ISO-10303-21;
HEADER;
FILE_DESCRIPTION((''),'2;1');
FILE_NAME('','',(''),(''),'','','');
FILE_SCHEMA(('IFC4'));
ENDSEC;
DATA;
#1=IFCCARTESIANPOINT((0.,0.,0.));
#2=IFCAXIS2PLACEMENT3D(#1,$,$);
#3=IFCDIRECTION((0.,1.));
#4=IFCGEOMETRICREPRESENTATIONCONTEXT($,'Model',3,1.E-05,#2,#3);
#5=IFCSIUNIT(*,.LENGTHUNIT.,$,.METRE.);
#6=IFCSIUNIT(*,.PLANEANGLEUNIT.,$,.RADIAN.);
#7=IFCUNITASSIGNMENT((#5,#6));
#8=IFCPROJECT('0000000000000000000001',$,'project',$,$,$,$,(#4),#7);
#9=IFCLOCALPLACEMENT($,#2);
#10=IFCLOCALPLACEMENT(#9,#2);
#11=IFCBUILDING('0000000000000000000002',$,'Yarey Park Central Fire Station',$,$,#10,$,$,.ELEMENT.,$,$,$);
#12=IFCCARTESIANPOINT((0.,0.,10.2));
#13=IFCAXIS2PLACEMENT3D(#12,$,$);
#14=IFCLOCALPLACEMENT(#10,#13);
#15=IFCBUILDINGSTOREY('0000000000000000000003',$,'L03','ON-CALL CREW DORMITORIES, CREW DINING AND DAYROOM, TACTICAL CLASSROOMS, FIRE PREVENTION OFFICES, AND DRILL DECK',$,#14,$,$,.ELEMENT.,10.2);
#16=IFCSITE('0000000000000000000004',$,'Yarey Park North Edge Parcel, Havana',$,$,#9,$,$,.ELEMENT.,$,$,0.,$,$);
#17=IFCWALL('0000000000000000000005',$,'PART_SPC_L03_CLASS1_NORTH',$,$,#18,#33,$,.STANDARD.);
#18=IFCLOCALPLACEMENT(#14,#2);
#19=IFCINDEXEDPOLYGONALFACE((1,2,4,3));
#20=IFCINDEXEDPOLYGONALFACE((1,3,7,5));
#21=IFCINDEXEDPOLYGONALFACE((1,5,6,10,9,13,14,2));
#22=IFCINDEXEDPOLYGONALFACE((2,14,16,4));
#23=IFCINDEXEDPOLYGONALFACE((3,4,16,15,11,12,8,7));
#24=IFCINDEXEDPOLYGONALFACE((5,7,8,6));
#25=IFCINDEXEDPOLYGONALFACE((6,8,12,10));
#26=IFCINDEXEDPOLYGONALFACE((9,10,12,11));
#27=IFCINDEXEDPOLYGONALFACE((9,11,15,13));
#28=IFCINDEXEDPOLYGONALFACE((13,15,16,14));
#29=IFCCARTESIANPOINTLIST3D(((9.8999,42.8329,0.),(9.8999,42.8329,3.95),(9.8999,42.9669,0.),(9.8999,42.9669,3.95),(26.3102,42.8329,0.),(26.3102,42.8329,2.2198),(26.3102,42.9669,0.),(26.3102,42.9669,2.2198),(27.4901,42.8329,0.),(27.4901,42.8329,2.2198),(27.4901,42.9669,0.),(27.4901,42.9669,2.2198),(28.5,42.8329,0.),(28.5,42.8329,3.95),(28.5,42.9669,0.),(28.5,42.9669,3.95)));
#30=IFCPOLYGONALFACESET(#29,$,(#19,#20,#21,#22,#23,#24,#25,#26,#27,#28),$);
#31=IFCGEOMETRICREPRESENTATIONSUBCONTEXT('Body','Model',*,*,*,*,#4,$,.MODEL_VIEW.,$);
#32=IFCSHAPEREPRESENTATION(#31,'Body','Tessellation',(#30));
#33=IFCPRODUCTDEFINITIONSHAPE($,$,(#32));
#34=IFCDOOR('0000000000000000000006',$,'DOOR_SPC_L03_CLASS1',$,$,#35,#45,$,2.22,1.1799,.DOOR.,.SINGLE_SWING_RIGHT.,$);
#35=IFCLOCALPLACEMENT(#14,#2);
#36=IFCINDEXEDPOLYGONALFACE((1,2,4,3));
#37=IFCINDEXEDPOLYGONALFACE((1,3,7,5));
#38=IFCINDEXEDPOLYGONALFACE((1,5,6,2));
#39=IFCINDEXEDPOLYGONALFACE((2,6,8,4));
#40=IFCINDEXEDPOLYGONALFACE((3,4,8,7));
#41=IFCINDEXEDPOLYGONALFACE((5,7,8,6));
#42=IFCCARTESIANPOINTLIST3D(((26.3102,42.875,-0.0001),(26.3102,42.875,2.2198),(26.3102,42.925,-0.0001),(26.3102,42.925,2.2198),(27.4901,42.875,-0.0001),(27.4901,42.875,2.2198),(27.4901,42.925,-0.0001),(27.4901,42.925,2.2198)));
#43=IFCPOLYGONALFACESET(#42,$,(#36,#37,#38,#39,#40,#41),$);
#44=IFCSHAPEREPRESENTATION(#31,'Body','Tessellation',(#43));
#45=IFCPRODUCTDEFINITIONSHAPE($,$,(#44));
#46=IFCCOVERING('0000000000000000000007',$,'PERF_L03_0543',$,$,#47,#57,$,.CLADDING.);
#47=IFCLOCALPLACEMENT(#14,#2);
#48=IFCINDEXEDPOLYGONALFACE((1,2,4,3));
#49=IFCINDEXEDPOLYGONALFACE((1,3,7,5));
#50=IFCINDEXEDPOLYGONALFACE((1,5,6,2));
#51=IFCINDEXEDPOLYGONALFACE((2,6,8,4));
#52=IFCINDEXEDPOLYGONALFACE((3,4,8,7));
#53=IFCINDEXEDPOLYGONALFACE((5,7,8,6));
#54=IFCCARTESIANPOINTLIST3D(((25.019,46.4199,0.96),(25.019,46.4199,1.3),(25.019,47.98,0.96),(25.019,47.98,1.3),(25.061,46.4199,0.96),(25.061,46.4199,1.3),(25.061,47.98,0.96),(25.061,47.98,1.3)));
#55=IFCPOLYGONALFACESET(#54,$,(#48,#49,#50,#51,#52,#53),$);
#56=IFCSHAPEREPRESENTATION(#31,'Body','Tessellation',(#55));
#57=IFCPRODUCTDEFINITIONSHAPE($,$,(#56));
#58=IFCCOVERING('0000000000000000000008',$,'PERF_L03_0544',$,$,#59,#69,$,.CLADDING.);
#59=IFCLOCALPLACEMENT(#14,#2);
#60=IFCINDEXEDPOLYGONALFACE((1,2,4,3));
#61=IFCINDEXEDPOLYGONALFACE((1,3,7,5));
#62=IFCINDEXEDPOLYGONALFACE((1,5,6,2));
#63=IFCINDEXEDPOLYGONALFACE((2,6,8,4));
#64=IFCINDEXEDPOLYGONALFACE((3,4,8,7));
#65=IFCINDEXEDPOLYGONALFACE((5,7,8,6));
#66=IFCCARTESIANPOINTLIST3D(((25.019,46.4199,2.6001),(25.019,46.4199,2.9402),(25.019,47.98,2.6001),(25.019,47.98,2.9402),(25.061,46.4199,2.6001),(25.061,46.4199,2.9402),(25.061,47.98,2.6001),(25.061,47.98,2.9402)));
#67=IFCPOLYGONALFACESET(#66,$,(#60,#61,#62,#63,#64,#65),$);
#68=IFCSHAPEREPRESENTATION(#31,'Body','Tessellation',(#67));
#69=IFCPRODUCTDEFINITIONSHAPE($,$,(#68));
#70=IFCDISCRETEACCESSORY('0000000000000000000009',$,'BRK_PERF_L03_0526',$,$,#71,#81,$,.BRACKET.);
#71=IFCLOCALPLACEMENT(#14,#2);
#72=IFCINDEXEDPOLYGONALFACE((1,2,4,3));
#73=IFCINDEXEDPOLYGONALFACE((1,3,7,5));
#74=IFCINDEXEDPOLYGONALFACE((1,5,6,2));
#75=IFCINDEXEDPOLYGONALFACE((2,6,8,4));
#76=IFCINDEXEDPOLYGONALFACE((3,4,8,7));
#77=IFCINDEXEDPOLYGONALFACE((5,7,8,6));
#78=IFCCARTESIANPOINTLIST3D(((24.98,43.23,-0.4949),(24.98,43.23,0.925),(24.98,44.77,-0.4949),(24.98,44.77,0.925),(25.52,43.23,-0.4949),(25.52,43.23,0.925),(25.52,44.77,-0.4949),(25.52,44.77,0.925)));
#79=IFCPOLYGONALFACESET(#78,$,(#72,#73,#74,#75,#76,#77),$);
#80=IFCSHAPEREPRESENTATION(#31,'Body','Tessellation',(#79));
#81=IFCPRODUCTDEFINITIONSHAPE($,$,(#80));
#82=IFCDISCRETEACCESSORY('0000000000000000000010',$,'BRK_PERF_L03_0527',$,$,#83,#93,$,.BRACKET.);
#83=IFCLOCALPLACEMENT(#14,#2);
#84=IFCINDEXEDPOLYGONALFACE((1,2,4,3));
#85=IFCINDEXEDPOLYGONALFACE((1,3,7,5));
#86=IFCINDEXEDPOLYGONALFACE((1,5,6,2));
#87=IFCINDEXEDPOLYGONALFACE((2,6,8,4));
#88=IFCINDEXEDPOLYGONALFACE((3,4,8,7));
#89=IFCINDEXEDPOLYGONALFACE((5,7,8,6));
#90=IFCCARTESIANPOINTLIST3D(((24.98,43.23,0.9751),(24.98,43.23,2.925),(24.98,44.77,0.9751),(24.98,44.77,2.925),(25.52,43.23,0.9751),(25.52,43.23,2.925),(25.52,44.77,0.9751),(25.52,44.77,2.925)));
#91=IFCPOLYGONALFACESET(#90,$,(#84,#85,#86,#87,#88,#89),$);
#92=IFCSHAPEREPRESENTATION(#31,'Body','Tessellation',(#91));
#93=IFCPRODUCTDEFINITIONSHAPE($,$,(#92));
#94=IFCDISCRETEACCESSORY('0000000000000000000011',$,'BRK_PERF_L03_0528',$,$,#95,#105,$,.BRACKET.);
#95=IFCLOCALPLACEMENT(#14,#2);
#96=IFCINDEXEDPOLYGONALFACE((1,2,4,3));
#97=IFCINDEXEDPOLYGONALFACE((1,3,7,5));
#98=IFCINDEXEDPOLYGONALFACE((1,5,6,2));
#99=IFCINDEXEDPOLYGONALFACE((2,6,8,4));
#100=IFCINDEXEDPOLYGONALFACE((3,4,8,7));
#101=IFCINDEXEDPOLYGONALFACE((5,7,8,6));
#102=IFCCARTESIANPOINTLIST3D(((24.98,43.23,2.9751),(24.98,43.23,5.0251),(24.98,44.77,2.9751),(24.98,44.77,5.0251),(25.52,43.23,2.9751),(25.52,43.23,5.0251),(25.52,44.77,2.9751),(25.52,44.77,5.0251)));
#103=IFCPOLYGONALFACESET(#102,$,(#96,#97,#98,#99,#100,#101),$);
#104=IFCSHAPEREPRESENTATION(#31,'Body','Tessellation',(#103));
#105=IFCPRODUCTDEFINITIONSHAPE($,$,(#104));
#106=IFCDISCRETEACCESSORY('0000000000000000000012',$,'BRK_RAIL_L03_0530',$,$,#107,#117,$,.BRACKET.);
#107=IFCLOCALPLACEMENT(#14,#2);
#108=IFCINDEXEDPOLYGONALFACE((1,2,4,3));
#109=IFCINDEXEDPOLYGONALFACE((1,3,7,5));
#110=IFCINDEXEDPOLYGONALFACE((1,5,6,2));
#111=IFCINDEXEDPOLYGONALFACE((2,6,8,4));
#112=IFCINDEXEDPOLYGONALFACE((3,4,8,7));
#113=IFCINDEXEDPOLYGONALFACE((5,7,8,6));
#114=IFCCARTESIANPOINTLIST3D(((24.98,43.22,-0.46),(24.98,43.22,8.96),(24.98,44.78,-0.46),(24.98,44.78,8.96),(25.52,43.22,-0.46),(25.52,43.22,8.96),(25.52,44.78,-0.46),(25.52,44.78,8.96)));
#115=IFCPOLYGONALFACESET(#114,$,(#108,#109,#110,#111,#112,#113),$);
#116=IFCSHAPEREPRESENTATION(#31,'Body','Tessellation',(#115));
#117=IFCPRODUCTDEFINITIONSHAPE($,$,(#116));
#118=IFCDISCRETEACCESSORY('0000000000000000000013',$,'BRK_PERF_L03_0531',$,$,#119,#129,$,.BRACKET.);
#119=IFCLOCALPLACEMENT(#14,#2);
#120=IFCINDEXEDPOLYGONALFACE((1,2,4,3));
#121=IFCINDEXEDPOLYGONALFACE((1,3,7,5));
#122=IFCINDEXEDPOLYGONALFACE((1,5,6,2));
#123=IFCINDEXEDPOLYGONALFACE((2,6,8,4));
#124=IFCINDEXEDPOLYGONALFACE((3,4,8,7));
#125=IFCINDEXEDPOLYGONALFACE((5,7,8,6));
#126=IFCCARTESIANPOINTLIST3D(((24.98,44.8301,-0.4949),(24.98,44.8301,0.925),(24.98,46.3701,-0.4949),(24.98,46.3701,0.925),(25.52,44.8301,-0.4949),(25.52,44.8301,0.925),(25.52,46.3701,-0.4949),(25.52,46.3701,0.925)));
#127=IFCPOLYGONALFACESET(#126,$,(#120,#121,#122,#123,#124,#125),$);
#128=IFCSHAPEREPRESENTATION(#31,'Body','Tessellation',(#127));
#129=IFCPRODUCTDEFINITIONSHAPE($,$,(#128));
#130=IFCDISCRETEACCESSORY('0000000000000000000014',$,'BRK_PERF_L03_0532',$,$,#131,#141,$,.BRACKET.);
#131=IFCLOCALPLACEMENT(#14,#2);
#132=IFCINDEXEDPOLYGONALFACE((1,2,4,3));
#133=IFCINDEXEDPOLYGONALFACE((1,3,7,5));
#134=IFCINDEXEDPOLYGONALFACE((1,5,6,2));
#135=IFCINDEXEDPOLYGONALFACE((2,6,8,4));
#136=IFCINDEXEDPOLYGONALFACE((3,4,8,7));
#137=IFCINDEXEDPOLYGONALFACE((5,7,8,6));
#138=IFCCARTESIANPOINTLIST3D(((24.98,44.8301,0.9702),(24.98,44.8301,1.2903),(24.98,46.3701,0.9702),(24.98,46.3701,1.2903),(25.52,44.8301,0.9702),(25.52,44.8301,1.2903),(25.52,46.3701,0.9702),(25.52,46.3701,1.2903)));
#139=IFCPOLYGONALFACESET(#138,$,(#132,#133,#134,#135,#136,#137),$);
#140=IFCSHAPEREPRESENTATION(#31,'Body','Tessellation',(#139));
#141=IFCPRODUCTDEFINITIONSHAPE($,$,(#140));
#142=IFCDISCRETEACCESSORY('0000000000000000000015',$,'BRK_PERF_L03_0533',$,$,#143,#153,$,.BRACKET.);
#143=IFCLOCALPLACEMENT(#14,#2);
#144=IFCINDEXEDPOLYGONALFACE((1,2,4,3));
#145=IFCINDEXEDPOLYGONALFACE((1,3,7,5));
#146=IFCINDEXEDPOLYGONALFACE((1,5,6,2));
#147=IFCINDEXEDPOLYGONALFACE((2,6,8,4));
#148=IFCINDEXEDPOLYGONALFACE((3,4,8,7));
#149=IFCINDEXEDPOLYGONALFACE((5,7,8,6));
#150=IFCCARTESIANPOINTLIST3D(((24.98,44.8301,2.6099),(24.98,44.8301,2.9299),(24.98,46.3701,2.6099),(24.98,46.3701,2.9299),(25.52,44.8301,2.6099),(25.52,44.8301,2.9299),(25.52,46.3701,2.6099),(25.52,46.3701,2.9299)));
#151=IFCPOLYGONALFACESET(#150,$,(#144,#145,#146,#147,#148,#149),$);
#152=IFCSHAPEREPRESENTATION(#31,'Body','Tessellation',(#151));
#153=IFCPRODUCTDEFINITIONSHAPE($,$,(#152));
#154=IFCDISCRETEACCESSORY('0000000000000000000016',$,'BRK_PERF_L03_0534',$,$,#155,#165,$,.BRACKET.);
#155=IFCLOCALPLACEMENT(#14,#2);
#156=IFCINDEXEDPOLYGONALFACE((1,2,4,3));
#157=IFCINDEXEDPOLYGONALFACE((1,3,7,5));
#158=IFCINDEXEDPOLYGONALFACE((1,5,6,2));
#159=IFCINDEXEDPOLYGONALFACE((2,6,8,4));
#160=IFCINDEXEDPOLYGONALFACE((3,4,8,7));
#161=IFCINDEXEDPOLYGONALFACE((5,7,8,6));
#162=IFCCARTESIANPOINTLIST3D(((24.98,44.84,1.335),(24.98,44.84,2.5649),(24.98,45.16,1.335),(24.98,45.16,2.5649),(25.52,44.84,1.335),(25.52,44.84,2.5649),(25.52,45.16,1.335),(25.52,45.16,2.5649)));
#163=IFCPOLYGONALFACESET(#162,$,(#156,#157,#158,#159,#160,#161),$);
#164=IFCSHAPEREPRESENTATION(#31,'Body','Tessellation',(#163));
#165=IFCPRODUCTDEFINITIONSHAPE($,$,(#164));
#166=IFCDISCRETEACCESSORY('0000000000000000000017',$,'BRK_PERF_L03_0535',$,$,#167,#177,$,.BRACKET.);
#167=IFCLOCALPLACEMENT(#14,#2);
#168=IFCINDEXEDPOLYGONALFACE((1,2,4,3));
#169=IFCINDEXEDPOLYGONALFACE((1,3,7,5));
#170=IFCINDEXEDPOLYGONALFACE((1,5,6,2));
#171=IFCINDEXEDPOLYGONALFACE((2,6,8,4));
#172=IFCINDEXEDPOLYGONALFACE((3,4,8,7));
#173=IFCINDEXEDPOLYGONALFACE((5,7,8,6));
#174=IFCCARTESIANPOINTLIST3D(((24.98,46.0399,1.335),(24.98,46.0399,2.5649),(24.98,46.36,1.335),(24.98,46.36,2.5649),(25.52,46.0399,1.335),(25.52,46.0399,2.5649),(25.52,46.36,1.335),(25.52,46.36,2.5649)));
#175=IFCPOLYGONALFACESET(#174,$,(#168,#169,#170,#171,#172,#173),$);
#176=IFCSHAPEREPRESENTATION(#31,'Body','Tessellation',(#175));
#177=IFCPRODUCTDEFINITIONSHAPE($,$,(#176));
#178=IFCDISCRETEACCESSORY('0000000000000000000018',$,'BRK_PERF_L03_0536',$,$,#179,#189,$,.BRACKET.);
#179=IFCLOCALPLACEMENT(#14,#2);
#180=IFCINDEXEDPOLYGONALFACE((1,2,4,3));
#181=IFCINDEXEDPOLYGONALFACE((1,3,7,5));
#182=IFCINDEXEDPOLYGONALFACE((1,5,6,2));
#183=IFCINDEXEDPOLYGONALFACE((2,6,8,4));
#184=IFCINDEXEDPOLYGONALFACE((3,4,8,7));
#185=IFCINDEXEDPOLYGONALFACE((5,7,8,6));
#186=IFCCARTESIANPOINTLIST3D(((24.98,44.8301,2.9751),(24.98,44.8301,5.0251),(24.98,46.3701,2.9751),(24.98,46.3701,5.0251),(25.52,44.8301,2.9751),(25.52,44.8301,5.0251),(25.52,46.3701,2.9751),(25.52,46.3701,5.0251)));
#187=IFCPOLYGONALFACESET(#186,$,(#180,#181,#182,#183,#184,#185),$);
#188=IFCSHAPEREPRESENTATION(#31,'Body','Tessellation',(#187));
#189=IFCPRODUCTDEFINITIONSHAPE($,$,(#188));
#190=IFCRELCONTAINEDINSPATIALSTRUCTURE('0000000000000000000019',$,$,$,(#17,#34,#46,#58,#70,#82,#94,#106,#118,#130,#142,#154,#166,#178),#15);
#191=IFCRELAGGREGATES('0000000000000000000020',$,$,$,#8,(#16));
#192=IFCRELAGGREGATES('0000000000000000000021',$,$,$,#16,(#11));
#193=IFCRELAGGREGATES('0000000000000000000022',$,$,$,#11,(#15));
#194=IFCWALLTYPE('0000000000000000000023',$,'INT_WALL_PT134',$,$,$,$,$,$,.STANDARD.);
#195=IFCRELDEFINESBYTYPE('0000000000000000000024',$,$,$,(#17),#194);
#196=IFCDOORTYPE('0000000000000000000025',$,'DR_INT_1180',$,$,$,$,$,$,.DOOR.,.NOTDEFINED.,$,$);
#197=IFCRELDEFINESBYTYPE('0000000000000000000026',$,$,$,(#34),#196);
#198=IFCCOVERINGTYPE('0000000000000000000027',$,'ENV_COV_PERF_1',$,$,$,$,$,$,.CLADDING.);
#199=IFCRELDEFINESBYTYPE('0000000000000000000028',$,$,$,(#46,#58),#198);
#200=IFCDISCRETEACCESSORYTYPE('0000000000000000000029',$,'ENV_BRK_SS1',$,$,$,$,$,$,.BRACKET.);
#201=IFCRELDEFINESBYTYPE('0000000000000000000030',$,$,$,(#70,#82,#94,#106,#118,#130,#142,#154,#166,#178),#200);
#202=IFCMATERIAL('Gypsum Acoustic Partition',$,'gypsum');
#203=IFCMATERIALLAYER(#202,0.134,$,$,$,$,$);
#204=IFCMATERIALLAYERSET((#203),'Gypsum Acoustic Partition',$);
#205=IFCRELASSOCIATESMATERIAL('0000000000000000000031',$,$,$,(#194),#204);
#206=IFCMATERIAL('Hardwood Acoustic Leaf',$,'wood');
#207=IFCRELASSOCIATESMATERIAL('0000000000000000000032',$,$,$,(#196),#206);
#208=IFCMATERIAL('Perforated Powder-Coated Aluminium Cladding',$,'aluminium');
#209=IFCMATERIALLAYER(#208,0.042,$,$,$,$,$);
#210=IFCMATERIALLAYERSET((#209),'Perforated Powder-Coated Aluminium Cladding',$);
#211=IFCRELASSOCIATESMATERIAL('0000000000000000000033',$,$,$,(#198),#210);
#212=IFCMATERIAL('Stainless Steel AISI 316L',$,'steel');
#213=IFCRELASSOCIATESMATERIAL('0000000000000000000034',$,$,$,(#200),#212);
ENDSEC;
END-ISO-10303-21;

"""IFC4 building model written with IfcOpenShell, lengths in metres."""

from ifc_helpers import new_model, si_unit, direction, frame, frame_2d, origin, origin_2d, place, context, subcontext, project, spatial, rectangle, extrude, material, layer, layer_set, type_object, element, fill, save


model = new_model("IFC4")

# Units and contexts
model_context = context("Model", 3, precision=1e-05, world=origin(), true_north=direction((0.0, 1.0)))
body_context = subcontext(model_context, "Body", "Model", "MODEL_VIEW")
ifc_project = project(units=[si_unit("LENGTHUNIT", "METRE"), si_unit("PLANEANGLEUNIT", "RADIAN")], contexts=[model_context])

# Site, building, storey
site_placement = place(None, origin())
site = spatial("IfcSite", under=ifc_project, at=site_placement, Name="Yarey Park North Edge Parcel, Havana", CompositionType="ELEMENT", RefElevation=0.0)
building_placement = place(site_placement, origin())
building = spatial("IfcBuilding", under=site, at=building_placement, Name="Yarey Park Central Fire Station", CompositionType="ELEMENT")
storey_placement = place(building_placement, frame((0.0, 0.0, 10.2)))
storey = spatial("IfcBuildingStorey", under=building, at=storey_placement, Name="L03", Description="ON-CALL CREW DORMITORIES, CREW DINING AND DAYROOM, TACTICAL CLASSROOMS, FIRE PREVENTION OFFICES, AND DRILL DECK", CompositionType="ELEMENT", Elevation=10.2)

# Wall, opening, door
ifc_material_1 = material(Name="Gypsum Acoustic Partition", Category="gypsum")
ifc_layer_1 = layer(ifc_material_1, 0.134)
ifc_layer_set_1 = layer_set([ifc_layer_1], Name="Gypsum Acoustic Partition")
wall_type_1 = type_object("IfcWallType", Name="INT_WALL_PT134", PredefinedType="STANDARD", material=ifc_layer_set_1)
wall_1_placement = place(storey_placement, frame((28.5, 42.8999, 0.0), z_axis=(0.0, 0.0, 1.0), x_axis=(-1.0, 0.0, 0.0)))
wall_1 = element("IfcWall", 1, at=wall_1_placement, inside=storey, type_object=wall_type_1, Name="PART_SPC_L03_CLASS1_NORTH", PredefinedType="STANDARD", context=body_context, shape_type="SweptSolid", body=[
    extrude(rectangle(XDim=18.6001, YDim=0.134, at=frame_2d((9.3, 0.0))), origin(), (0.0, 0.0, 1.0), 3.95),
])
opening_placement = place(wall_1_placement, frame((1.01, 0.0, 0.0)))
opening = element("IfcOpeningElement", 2, at=opening_placement, cuts=wall_1, PredefinedType="OPENING", context=body_context, shape_type="SweptSolid", body=[
    extrude(rectangle(XDim=1.1799, YDim=2.22, at=frame_2d((0.5898, 1.1099))), frame((0.0, 0.0769, 0.0), z_axis=(0.0, -1.0, 0.0), x_axis=(1.0, 0.0, 0.0)), (0.0, 0.0, 1.0), 0.1541),
])
ifc_material_2 = material(Name="Hardwood Acoustic Leaf", Category="wood")
door_type = type_object("IfcDoorType", Name="DR_INT_1180", OperationType="NOTDEFINED", PredefinedType="DOOR", material=ifc_material_2)
door_placement = place(opening_placement, origin())
door = element("IfcDoor", 3, at=door_placement, inside=storey, type_object=door_type, Name="DOOR_SPC_L03_CLASS1", OperationType="SINGLE_SWING_RIGHT", OverallHeight=2.22, OverallWidth=1.1799, PredefinedType="DOOR", context=body_context, shape_type="SweptSolid", body=[
    extrude(rectangle(XDim=1.1799, YDim=2.22, at=frame_2d((0.5898, 1.1099))), frame((0.0, 0.0249, 0.0), z_axis=(0.0, -1.0, 0.0), x_axis=(1.0, 0.0, 0.0)), (0.0, 0.0, 1.0), 0.05),
])
fill(opening, door)

# Coverings
ifc_material_3 = material(Name="Perforated Powder-Coated Aluminium Cladding", Category="aluminium")
ifc_layer_2 = layer(ifc_material_3, 0.042)
ifc_layer_set_2 = layer_set([ifc_layer_2], Name="Perforated Powder-Coated Aluminium Cladding")
covering_type = type_object("IfcCoveringType", Name="ENV_COV_PERF_1", PredefinedType="CLADDING", material=ifc_layer_set_2)
for number, where, z_axis, x_axis, name in (
    (4, (25.04, 47.2, 0.96), (0.0, 0.0, 1.0), (0.0, 1.0, 0.0), "PERF_L03_0543"),
    (5, (25.04, 47.2, 2.6001), (0.0, 0.0, 1.0), (0.0, 1.0, 0.0), "PERF_L03_0544"),
):
    element("IfcCovering", number, at=place(storey_placement, frame(where, z_axis=z_axis, x_axis=x_axis)), inside=storey, type_object=covering_type, Name=name, PredefinedType="CLADDING", context=body_context, shape_type="SweptSolid", body=[
        extrude(rectangle(XDim=1.5601, YDim=0.042, at=origin_2d()), origin(), (0.0, 0.0, 1.0), 0.3401),
    ])

# Discrete accessories
ifc_material_4 = material(Name="Stainless Steel AISI 316L", Category="steel")
discrete_accessory_type = type_object("IfcDiscreteAccessoryType", Name="ENV_BRK_SS1", PredefinedType="BRACKET", material=ifc_material_4)
discrete_accessory_1_placement = place(storey_placement, frame((25.25, 44.0, -0.4949), z_axis=(0.0, 0.0, 1.0), x_axis=(1.0, 0.0, 0.0)))
element("IfcDiscreteAccessory", 6, at=discrete_accessory_1_placement, inside=storey, type_object=discrete_accessory_type, Name="BRK_PERF_L03_0526", PredefinedType="BRACKET", context=body_context, shape_type="SweptSolid", body=[
    extrude(rectangle(XDim=0.54, YDim=1.54, at=origin_2d()), origin(), (0.0, 0.0, 1.0), 1.4199),
])
discrete_accessory_2_placement = place(storey_placement, frame((25.25, 44.0, 0.9751), z_axis=(0.0, 0.0, 1.0), x_axis=(1.0, 0.0, 0.0)))
element("IfcDiscreteAccessory", 7, at=discrete_accessory_2_placement, inside=storey, type_object=discrete_accessory_type, Name="BRK_PERF_L03_0527", PredefinedType="BRACKET", context=body_context, shape_type="SweptSolid", body=[
    extrude(rectangle(XDim=0.54, YDim=1.54, at=origin_2d()), origin(), (0.0, 0.0, 1.0), 1.95),
])
discrete_accessory_3_placement = place(storey_placement, frame((25.25, 44.0, 2.9751), z_axis=(0.0, 0.0, 1.0), x_axis=(1.0, 0.0, 0.0)))
element("IfcDiscreteAccessory", 8, at=discrete_accessory_3_placement, inside=storey, type_object=discrete_accessory_type, Name="BRK_PERF_L03_0528", PredefinedType="BRACKET", context=body_context, shape_type="SweptSolid", body=[
    extrude(rectangle(XDim=0.54, YDim=1.54, at=origin_2d()), origin(), (0.0, 0.0, 1.0), 2.05),
])
discrete_accessory_4_placement = place(storey_placement, frame((25.25, 44.0, -0.46), z_axis=(0.0, 0.0, 1.0), x_axis=(1.0, 0.0, 0.0)))
element("IfcDiscreteAccessory", 9, at=discrete_accessory_4_placement, inside=storey, type_object=discrete_accessory_type, Name="BRK_RAIL_L03_0530", PredefinedType="BRACKET", context=body_context, shape_type="SweptSolid", body=[
    extrude(rectangle(XDim=0.54, YDim=1.5601, at=origin_2d()), origin(), (0.0, 0.0, 1.0), 9.4199),
])
discrete_accessory_5_placement = place(storey_placement, frame((25.25, 45.6001, -0.4949), z_axis=(0.0, 0.0, 1.0), x_axis=(1.0, 0.0, 0.0)))
element("IfcDiscreteAccessory", 10, at=discrete_accessory_5_placement, inside=storey, type_object=discrete_accessory_type, Name="BRK_PERF_L03_0531", PredefinedType="BRACKET", context=body_context, shape_type="SweptSolid", body=[
    extrude(rectangle(XDim=0.54, YDim=1.54, at=origin_2d()), origin(), (0.0, 0.0, 1.0), 1.4199),
])
for number, where, z_axis, x_axis, name in (
    (11, (25.25, 45.6001, 0.9702), (0.0, 0.0, 1.0), (1.0, 0.0, 0.0), "BRK_PERF_L03_0532"),
    (12, (25.25, 45.6001, 2.6099), (0.0, 0.0, 1.0), (1.0, 0.0, 0.0), "BRK_PERF_L03_0533"),
):
    element("IfcDiscreteAccessory", number, at=place(storey_placement, frame(where, z_axis=z_axis, x_axis=x_axis)), inside=storey, type_object=discrete_accessory_type, Name=name, PredefinedType="BRACKET", context=body_context, shape_type="SweptSolid", body=[
        extrude(rectangle(XDim=0.54, YDim=1.54, at=origin_2d()), origin(), (0.0, 0.0, 1.0), 0.3201),
    ])
for number, where, z_axis, x_axis, name in (
    (13, (25.25, 45.0, 1.335), (0.0, 0.0, 1.0), (1.0, 0.0, 0.0), "BRK_PERF_L03_0534"),
    (14, (25.25, 46.2, 1.335), (0.0, 0.0, 1.0), (1.0, 0.0, 0.0), "BRK_PERF_L03_0535"),
):
    element("IfcDiscreteAccessory", number, at=place(storey_placement, frame(where, z_axis=z_axis, x_axis=x_axis)), inside=storey, type_object=discrete_accessory_type, Name=name, PredefinedType="BRACKET", context=body_context, shape_type="SweptSolid", body=[
        extrude(rectangle(XDim=0.54, YDim=0.3201, at=origin_2d()), origin(), (0.0, 0.0, 1.0), 1.23),
    ])
discrete_accessory_6_placement = place(storey_placement, frame((25.25, 45.6001, 2.9751), z_axis=(0.0, 0.0, 1.0), x_axis=(1.0, 0.0, 0.0)))
element("IfcDiscreteAccessory", 15, at=discrete_accessory_6_placement, inside=storey, type_object=discrete_accessory_type, Name="BRK_PERF_L03_0536", PredefinedType="BRACKET", context=body_context, shape_type="SweptSolid", body=[
    extrude(rectangle(XDim=0.54, YDim=1.54, at=origin_2d()), origin(), (0.0, 0.0, 1.0), 2.05),
])

save(model, "model.ifc")
